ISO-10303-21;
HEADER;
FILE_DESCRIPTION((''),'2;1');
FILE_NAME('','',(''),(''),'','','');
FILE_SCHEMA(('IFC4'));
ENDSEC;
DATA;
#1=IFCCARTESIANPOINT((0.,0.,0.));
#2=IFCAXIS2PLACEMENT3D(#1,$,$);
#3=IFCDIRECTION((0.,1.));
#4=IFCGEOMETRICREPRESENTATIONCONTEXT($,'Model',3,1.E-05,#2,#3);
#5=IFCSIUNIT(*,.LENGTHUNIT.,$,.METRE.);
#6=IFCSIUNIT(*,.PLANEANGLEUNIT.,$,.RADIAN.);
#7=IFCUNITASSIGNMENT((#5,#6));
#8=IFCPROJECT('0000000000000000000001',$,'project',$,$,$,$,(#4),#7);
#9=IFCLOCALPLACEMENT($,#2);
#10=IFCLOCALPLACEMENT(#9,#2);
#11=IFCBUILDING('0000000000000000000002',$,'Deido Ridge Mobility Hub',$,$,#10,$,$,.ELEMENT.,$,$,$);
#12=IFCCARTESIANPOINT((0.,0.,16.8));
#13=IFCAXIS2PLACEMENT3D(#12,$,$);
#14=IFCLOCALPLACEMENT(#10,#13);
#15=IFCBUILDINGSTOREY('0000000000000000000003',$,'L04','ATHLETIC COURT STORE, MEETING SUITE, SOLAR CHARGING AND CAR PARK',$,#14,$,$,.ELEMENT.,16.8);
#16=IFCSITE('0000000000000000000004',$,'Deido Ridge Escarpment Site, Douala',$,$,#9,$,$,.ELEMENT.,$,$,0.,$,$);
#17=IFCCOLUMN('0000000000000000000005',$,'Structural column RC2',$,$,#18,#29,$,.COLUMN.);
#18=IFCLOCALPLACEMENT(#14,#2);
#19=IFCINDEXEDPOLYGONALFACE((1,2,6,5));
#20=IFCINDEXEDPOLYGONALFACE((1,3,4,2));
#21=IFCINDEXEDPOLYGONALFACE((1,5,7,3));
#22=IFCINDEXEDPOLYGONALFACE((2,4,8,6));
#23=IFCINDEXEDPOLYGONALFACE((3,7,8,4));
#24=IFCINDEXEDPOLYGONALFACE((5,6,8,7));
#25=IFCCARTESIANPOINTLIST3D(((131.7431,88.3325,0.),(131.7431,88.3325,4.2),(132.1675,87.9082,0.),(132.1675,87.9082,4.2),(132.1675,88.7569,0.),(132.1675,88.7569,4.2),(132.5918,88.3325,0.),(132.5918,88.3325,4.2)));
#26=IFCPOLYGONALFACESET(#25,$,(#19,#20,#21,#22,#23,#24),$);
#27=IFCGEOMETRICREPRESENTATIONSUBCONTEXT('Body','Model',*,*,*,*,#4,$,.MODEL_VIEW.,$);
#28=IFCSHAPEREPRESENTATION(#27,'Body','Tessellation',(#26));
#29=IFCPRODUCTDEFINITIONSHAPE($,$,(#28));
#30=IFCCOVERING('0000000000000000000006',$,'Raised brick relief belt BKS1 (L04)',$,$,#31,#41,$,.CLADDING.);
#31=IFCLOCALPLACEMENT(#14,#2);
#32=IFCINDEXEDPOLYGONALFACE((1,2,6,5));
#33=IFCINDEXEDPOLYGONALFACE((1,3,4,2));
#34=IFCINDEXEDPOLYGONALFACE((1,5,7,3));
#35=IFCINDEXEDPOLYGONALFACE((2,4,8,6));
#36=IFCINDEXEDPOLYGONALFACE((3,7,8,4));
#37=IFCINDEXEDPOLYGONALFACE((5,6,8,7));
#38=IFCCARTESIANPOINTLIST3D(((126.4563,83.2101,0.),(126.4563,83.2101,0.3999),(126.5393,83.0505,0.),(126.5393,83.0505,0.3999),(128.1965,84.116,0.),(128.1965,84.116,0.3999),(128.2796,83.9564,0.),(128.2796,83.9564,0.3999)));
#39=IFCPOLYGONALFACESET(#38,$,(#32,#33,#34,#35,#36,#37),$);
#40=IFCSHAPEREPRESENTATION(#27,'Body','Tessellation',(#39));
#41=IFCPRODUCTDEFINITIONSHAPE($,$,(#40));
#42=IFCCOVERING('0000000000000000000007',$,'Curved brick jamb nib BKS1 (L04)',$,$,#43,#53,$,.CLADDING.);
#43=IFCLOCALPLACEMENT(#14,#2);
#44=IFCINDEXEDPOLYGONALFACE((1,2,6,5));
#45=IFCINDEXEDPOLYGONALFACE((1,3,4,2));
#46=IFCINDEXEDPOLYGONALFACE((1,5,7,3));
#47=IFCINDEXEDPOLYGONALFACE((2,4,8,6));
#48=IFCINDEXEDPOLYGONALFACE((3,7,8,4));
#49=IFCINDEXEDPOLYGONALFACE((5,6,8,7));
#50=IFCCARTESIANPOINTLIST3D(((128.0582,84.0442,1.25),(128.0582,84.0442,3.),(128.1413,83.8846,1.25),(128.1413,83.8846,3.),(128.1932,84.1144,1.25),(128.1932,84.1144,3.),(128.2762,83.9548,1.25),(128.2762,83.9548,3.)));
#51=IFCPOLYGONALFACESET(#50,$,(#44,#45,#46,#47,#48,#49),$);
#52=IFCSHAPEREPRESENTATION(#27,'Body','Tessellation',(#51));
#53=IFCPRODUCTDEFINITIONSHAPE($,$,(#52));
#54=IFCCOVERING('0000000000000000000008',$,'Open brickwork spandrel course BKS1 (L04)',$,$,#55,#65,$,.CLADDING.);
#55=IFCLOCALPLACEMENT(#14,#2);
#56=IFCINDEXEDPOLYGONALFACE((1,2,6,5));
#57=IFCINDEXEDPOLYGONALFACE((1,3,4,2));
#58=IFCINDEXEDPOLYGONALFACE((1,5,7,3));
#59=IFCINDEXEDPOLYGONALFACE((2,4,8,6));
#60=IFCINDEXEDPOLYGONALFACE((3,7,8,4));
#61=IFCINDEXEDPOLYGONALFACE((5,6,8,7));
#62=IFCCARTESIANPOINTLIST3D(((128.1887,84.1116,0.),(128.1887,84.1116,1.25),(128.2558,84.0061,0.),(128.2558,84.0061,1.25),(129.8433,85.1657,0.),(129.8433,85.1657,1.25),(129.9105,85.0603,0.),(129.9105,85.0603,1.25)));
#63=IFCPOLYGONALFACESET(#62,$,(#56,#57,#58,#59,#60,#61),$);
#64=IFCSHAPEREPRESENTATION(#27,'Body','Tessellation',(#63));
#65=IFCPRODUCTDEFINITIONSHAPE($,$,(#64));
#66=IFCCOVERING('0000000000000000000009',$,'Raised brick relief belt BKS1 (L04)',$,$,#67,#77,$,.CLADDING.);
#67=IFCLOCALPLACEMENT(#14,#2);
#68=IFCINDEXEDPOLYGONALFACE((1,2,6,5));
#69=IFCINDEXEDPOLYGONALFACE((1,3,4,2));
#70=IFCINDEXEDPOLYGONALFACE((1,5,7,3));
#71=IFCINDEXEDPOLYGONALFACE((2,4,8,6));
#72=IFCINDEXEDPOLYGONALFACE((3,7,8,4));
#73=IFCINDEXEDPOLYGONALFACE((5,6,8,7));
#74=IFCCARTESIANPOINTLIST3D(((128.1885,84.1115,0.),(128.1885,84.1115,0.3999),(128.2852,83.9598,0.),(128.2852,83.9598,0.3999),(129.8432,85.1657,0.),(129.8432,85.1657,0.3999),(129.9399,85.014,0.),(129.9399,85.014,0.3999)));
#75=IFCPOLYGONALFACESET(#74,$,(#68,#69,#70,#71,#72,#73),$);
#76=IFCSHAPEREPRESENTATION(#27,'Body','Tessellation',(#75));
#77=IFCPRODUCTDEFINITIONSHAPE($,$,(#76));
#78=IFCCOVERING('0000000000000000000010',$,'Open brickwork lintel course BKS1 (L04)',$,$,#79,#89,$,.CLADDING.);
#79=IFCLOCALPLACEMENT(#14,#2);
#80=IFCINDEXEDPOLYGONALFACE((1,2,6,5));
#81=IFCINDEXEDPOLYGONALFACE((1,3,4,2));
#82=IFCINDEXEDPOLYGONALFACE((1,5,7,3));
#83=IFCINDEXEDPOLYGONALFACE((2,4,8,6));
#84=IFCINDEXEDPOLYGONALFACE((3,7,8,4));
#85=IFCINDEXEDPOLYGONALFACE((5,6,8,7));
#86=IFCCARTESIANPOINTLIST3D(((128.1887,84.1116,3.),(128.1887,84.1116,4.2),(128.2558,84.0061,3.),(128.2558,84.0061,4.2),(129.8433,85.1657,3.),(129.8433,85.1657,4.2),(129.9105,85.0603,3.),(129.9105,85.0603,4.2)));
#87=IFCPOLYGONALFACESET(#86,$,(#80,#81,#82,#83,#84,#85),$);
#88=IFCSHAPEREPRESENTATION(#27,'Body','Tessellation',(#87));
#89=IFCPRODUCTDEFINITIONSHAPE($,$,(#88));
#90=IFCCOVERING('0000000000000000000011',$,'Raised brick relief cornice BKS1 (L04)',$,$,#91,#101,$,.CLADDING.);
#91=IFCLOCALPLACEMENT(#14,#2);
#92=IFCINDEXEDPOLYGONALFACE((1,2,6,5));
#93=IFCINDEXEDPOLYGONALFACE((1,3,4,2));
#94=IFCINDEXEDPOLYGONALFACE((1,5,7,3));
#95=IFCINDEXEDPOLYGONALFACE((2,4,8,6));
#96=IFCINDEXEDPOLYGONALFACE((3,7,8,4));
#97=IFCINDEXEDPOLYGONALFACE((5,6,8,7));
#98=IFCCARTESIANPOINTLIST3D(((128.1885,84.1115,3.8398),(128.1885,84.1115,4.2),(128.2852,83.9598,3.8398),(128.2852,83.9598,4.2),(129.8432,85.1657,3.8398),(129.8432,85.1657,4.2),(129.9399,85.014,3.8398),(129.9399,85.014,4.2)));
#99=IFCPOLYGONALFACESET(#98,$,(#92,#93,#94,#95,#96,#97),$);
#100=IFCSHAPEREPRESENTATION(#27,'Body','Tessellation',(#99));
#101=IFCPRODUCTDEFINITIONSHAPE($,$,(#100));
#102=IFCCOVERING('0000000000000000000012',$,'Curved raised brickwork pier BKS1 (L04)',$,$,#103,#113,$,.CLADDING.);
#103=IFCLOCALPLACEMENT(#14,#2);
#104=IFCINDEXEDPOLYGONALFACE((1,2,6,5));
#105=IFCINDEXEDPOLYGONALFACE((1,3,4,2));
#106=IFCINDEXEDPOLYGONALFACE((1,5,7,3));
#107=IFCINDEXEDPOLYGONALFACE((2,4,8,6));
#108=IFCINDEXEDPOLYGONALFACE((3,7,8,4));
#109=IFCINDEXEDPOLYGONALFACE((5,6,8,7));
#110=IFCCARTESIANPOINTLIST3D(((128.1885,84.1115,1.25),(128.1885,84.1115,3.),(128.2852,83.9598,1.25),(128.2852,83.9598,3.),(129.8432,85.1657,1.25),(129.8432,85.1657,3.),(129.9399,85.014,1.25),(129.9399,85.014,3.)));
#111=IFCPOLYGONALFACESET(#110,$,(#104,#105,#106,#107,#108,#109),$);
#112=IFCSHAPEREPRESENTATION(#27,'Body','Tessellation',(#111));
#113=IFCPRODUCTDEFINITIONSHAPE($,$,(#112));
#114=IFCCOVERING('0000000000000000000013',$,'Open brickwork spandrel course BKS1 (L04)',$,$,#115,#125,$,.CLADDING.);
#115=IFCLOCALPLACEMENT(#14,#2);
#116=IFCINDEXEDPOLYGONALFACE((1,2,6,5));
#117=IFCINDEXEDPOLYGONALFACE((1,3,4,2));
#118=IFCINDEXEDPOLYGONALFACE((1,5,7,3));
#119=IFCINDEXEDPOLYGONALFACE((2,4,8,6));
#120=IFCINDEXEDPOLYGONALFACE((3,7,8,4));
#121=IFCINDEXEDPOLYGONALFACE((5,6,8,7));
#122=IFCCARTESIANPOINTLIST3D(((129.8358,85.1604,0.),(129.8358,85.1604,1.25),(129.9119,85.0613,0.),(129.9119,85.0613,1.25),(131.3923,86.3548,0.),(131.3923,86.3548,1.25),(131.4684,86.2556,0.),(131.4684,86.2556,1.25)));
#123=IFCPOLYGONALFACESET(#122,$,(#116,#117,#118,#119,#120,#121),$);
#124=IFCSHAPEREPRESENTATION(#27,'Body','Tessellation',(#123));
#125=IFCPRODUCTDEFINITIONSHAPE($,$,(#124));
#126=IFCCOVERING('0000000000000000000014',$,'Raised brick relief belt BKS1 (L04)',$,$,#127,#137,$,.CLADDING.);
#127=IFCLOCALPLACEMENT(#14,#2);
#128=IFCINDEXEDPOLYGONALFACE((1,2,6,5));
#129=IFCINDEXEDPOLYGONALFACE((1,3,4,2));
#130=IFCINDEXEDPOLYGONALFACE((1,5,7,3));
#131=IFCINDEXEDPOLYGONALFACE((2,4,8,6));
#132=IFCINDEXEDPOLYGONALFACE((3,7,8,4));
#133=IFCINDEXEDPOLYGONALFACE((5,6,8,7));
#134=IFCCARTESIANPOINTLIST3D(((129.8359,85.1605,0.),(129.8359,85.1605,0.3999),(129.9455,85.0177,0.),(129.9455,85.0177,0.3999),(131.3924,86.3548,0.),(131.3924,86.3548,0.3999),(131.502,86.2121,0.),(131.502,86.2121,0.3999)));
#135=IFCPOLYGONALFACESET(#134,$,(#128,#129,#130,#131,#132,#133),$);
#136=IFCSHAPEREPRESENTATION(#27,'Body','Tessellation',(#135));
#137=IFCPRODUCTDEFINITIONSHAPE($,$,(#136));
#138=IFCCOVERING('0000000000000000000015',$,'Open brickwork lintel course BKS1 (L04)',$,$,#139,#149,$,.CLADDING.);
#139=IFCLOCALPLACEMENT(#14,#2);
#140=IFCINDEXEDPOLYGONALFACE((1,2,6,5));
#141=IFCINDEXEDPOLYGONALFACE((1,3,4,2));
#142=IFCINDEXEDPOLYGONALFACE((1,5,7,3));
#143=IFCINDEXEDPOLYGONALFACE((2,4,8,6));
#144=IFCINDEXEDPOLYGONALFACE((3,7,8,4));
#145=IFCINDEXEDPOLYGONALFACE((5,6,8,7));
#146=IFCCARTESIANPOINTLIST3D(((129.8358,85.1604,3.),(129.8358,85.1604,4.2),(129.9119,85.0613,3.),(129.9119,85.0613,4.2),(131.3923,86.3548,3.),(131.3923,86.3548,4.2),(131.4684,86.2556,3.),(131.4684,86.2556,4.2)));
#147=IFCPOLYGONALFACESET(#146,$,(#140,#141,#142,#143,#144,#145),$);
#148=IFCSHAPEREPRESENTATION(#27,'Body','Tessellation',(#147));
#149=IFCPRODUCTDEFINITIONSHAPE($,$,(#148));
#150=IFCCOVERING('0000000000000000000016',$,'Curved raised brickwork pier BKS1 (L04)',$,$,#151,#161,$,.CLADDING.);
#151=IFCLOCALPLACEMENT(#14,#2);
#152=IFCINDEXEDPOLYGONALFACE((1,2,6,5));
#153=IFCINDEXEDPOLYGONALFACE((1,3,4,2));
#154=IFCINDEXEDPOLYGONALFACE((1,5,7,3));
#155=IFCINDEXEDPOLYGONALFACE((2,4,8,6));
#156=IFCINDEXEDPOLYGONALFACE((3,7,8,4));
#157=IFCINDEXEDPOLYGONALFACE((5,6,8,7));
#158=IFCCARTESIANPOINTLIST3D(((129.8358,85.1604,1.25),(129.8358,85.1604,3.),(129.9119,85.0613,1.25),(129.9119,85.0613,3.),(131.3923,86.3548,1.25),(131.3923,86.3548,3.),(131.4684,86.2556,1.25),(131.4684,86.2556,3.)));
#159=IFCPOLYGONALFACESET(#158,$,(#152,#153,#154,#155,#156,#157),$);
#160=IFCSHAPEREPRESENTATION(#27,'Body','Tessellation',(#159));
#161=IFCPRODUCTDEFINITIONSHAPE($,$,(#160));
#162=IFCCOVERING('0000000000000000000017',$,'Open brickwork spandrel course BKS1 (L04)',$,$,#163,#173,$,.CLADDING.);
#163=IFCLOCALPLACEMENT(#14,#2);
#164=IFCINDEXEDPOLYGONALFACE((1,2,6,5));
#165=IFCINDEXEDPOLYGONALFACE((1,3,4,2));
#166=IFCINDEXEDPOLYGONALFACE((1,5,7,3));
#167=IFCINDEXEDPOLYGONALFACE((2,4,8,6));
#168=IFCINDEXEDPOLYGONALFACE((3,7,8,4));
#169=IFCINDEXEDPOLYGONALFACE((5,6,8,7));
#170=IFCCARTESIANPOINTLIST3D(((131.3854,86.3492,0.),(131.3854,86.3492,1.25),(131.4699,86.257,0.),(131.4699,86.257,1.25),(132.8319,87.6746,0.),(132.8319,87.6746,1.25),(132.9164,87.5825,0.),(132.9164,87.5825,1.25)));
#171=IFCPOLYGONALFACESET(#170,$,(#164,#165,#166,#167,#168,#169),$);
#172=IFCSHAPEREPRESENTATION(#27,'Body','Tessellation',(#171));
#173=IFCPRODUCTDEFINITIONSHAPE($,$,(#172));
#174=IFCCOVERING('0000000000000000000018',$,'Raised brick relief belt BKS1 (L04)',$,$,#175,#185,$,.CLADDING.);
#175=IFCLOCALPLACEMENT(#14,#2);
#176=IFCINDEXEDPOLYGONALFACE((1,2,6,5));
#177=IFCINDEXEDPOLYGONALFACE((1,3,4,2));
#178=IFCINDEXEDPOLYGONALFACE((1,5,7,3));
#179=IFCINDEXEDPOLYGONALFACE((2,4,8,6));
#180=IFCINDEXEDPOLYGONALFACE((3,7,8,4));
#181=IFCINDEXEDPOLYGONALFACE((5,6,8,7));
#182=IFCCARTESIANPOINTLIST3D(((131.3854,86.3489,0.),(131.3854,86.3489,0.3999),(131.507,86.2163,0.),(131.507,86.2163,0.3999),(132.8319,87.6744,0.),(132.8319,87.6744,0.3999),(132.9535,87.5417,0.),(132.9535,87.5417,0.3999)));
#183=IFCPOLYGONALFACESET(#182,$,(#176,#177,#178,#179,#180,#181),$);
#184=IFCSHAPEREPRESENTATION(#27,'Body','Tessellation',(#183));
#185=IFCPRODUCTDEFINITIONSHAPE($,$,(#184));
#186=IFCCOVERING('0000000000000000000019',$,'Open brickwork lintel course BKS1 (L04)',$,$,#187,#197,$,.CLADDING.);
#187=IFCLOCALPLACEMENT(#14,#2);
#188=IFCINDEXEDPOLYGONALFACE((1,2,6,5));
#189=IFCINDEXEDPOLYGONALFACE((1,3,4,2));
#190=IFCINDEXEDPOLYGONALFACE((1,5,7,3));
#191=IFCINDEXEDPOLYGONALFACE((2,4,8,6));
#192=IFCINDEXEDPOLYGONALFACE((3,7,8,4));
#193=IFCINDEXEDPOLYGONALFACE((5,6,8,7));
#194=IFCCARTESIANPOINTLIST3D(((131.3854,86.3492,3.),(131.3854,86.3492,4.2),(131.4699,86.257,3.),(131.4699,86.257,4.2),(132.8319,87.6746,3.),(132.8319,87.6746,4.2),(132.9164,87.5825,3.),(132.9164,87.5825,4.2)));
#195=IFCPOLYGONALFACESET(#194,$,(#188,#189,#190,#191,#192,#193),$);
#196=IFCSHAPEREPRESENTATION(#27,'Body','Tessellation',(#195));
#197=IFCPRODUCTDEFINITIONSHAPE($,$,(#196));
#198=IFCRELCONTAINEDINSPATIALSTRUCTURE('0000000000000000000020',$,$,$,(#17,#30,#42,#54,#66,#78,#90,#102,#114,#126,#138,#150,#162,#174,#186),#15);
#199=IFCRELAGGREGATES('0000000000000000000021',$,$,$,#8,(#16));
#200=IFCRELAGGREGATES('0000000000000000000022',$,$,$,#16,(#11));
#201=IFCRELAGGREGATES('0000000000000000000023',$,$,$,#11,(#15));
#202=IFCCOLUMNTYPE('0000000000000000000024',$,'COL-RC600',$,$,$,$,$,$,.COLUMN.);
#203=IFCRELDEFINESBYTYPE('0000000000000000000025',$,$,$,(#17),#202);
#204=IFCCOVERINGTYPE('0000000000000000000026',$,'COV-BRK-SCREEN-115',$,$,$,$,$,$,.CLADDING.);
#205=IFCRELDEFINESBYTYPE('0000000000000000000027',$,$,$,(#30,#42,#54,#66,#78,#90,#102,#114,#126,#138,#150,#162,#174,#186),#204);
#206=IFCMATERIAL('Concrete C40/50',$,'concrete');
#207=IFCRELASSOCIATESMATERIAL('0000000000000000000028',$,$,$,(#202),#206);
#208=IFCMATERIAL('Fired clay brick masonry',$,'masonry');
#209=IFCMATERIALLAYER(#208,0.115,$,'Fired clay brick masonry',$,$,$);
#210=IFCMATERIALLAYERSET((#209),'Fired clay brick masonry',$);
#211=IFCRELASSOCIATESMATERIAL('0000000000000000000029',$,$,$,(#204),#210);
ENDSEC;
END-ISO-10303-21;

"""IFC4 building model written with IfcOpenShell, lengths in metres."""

from ifc_helpers import new_model, si_unit, direction, frame, origin, origin_2d, place, context, subcontext, project, spatial, rectangle, extrude, material, layer, layer_set, material_profile, profile_set, type_object, element, save


model = new_model("IFC4")

# Units and contexts
model_context = context("Model", 3, precision=1e-05, world=origin(), true_north=direction((0.0, 1.0)))
body_context = subcontext(model_context, "Body", "Model", "MODEL_VIEW")
ifc_project = project(units=[si_unit("LENGTHUNIT", "METRE"), si_unit("PLANEANGLEUNIT", "RADIAN")], contexts=[model_context])

# Site, building, storey
site_placement = place(None, origin())
site = spatial("IfcSite", under=ifc_project, at=site_placement, Name="Deido Ridge Escarpment Site, Douala", CompositionType="ELEMENT", RefElevation=0.0)
building_placement = place(site_placement, origin())
building = spatial("IfcBuilding", under=site, at=building_placement, Name="Deido Ridge Mobility Hub", CompositionType="ELEMENT")
storey_placement = place(building_placement, frame((0.0, 0.0, 16.8)))
storey = spatial("IfcBuildingStorey", under=building, at=storey_placement, Name="L04", Description="ATHLETIC COURT STORE, MEETING SUITE, SOLAR CHARGING AND CAR PARK", CompositionType="ELEMENT", Elevation=16.8)

# Column
ifc_material_1 = material(Name="Concrete C40/50", Category="concrete")
ifc_material_profile = material_profile(ifc_material_1, rectangle(XDim=0.6001, YDim=0.6001, at=origin_2d()), Name="RC COL 600x600")
ifc_profile_set = profile_set([ifc_material_profile], Name="Concrete C40/50")
column_type = type_object("IfcColumnType", Name="COL-RC600", PredefinedType="COLUMN", material=ifc_profile_set)
column_placement = place(storey_placement, frame((132.1675, 88.3325, 0.0), z_axis=(0.0, 0.0, 1.0), x_axis=(0.707107, -0.707107, 0.0)))
element("IfcColumn", 1, at=column_placement, inside=storey, type_object=column_type, Name="Structural column RC2", PredefinedType="COLUMN", context=body_context, shape_type="SweptSolid", body=[
    extrude(rectangle(XDim=0.6001, YDim=0.6001, at=origin_2d()), origin(), (0.0, 0.0, 1.0), 4.2),
])

# Coverings
ifc_material_2 = material(Name="Fired clay brick masonry", Category="masonry")
ifc_layer = layer(ifc_material_2, 0.115, Name="Fired clay brick masonry")
ifc_layer_set = layer_set([ifc_layer], Name="Fired clay brick masonry")
covering_type = type_object("IfcCoveringType", Name="COV-BRK-SCREEN-115", PredefinedType="CLADDING", material=ifc_layer_set)
covering_1_placement = place(storey_placement, frame((127.3679, 83.5833, 0.0), z_axis=(0.0, 0.0, 1.0), x_axis=(0.887019, 0.461733, 0.0)))
element("IfcCovering", 2, at=covering_1_placement, inside=storey, type_object=covering_type, Name="Raised brick relief belt BKS1 (L04)", PredefinedType="CLADDING", context=body_context, shape_type="SweptSolid", body=[
    extrude(rectangle(XDim=1.9619, YDim=0.1799, at=origin_2d()), origin(), (0.0, 0.0, 1.0), 0.3999),
])
covering_2_placement = place(storey_placement, frame((128.1672, 83.9995, 1.25), z_axis=(0.0, 0.0, 1.0), x_axis=(0.887019, 0.461733, 0.0)))
element("IfcCovering", 3, at=covering_2_placement, inside=storey, type_object=covering_type, Name="Curved brick jamb nib BKS1 (L04)", PredefinedType="CLADDING", context=body_context, shape_type="SweptSolid", body=[
    extrude(rectangle(XDim=0.1521, YDim=0.1799, at=origin_2d()), origin(), (0.0, 0.0, 1.0), 1.75),
])
covering_3_placement = place(storey_placement, frame((129.0496, 84.5859, 0.0), z_axis=(0.0, 0.0, 1.0), x_axis=(0.843382, 0.537314, 0.0)))
element("IfcCovering", 4, at=covering_3_placement, inside=storey, type_object=covering_type, Name="Open brickwork spandrel course BKS1 (L04)", PredefinedType="CLADDING", context=body_context, shape_type="SweptSolid", body=[
    extrude(rectangle(XDim=1.9619, YDim=0.125, at=origin_2d()), origin(), (0.0, 0.0, 1.0), 1.25),
])
covering_4_placement = place(storey_placement, frame((129.0642, 84.5627, 0.0), z_axis=(0.0, 0.0, 1.0), x_axis=(0.843382, 0.537314, 0.0)))
element("IfcCovering", 5, at=covering_4_placement, inside=storey, type_object=covering_type, Name="Raised brick relief belt BKS1 (L04)", PredefinedType="CLADDING", context=body_context, shape_type="SweptSolid", body=[
    extrude(rectangle(XDim=1.9619, YDim=0.1799, at=origin_2d()), origin(), (0.0, 0.0, 1.0), 0.3999),
])
covering_5_placement = place(storey_placement, frame((129.0496, 84.5859, 3.0), z_axis=(0.0, 0.0, 1.0), x_axis=(0.843382, 0.537314, 0.0)))
element("IfcCovering", 6, at=covering_5_placement, inside=storey, type_object=covering_type, Name="Open brickwork lintel course BKS1 (L04)", PredefinedType="CLADDING", context=body_context, shape_type="SweptSolid", body=[
    extrude(rectangle(XDim=1.9619, YDim=0.125, at=origin_2d()), origin(), (0.0, 0.0, 1.0), 1.2),
])
covering_6_placement = place(storey_placement, frame((129.0642, 84.5627, 3.8398), z_axis=(0.0, 0.0, 1.0), x_axis=(0.843382, 0.537314, 0.0)))
element("IfcCovering", 7, at=covering_6_placement, inside=storey, type_object=covering_type, Name="Raised brick relief cornice BKS1 (L04)", PredefinedType="CLADDING", context=body_context, shape_type="SweptSolid", body=[
    extrude(rectangle(XDim=1.9619, YDim=0.1799, at=origin_2d()), origin(), (0.0, 0.0, 1.0), 0.3601),
])
covering_7_placement = place(storey_placement, frame((129.0642, 84.5627, 1.25), z_axis=(0.0, 0.0, 1.0), x_axis=(0.843382, 0.537314, 0.0)))
element("IfcCovering", 8, at=covering_7_placement, inside=storey, type_object=covering_type, Name="Curved raised brickwork pier BKS1 (L04)", PredefinedType="CLADDING", context=body_context, shape_type="SweptSolid", body=[
    extrude(rectangle(XDim=1.9619, YDim=0.1799, at=origin_2d()), origin(), (0.0, 0.0, 1.0), 1.75),
])
covering_8_placement = place(storey_placement, frame((130.6521, 85.708, 0.0), z_axis=(0.0, 0.0, 1.0), x_axis=(0.793353, 0.608761, 0.0)))
element("IfcCovering", 9, at=covering_8_placement, inside=storey, type_object=covering_type, Name="Open brickwork spandrel course BKS1 (L04)", PredefinedType="CLADDING", context=body_context, shape_type="SweptSolid", body=[
    extrude(rectangle(XDim=1.9619, YDim=0.125, at=origin_2d()), origin(), (0.0, 0.0, 1.0), 1.25),
])
covering_9_placement = place(storey_placement, frame((130.6689, 85.6863, 0.0), z_axis=(0.0, 0.0, 1.0), x_axis=(0.793353, 0.608761, 0.0)))
element("IfcCovering", 10, at=covering_9_placement, inside=storey, type_object=covering_type, Name="Raised brick relief belt BKS1 (L04)", PredefinedType="CLADDING", context=body_context, shape_type="SweptSolid", body=[
    extrude(rectangle(XDim=1.9619, YDim=0.1799, at=origin_2d()), origin(), (0.0, 0.0, 1.0), 0.3999),
])
covering_10_placement = place(storey_placement, frame((130.6521, 85.708, 3.0), z_axis=(0.0, 0.0, 1.0), x_axis=(0.793353, 0.608761, 0.0)))
element("IfcCovering", 11, at=covering_10_placement, inside=storey, type_object=covering_type, Name="Open brickwork lintel course BKS1 (L04)", PredefinedType="CLADDING", context=body_context, shape_type="SweptSolid", body=[
    extrude(rectangle(XDim=1.9619, YDim=0.125, at=origin_2d()), origin(), (0.0, 0.0, 1.0), 1.2),
])
covering_11_placement = place(storey_placement, frame((130.6521, 85.708, 1.25), z_axis=(0.0, 0.0, 1.0), x_axis=(0.793353, 0.608761, 0.0)))
element("IfcCovering", 12, at=covering_11_placement, inside=storey, type_object=covering_type, Name="Curved raised brickwork pier BKS1 (L04)", PredefinedType="CLADDING", context=body_context, shape_type="SweptSolid", body=[
    extrude(rectangle(XDim=1.9619, YDim=0.125, at=origin_2d()), origin(), (0.0, 0.0, 1.0), 1.75),
])
covering_12_placement = place(storey_placement, frame((132.1509, 86.9658, 0.0), z_axis=(0.0, 0.0, 1.0), x_axis=(0.737289, 0.675577, 0.0)))
element("IfcCovering", 13, at=covering_12_placement, inside=storey, type_object=covering_type, Name="Open brickwork spandrel course BKS1 (L04)", PredefinedType="CLADDING", context=body_context, shape_type="SweptSolid", body=[
    extrude(rectangle(XDim=1.9619, YDim=0.125, at=origin_2d()), origin(), (0.0, 0.0, 1.0), 1.25),
])
covering_13_placement = place(storey_placement, frame((132.1694, 86.9453, 0.0), z_axis=(0.0, 0.0, 1.0), x_axis=(0.737289, 0.675577, 0.0)))
element("IfcCovering", 14, at=covering_13_placement, inside=storey, type_object=covering_type, Name="Raised brick relief belt BKS1 (L04)", PredefinedType="CLADDING", context=body_context, shape_type="SweptSolid", body=[
    extrude(rectangle(XDim=1.9619, YDim=0.1799, at=origin_2d()), origin(), (0.0, 0.0, 1.0), 0.3999),
])
covering_14_placement = place(storey_placement, frame((132.1509, 86.9658, 3.0), z_axis=(0.0, 0.0, 1.0), x_axis=(0.737289, 0.675577, 0.0)))
element("IfcCovering", 15, at=covering_14_placement, inside=storey, type_object=covering_type, Name="Open brickwork lintel course BKS1 (L04)", PredefinedType="CLADDING", context=body_context, shape_type="SweptSolid", body=[
    extrude(rectangle(XDim=1.9619, YDim=0.125, at=origin_2d()), origin(), (0.0, 0.0, 1.0), 1.2),
])

save(model, "model.ifc")
